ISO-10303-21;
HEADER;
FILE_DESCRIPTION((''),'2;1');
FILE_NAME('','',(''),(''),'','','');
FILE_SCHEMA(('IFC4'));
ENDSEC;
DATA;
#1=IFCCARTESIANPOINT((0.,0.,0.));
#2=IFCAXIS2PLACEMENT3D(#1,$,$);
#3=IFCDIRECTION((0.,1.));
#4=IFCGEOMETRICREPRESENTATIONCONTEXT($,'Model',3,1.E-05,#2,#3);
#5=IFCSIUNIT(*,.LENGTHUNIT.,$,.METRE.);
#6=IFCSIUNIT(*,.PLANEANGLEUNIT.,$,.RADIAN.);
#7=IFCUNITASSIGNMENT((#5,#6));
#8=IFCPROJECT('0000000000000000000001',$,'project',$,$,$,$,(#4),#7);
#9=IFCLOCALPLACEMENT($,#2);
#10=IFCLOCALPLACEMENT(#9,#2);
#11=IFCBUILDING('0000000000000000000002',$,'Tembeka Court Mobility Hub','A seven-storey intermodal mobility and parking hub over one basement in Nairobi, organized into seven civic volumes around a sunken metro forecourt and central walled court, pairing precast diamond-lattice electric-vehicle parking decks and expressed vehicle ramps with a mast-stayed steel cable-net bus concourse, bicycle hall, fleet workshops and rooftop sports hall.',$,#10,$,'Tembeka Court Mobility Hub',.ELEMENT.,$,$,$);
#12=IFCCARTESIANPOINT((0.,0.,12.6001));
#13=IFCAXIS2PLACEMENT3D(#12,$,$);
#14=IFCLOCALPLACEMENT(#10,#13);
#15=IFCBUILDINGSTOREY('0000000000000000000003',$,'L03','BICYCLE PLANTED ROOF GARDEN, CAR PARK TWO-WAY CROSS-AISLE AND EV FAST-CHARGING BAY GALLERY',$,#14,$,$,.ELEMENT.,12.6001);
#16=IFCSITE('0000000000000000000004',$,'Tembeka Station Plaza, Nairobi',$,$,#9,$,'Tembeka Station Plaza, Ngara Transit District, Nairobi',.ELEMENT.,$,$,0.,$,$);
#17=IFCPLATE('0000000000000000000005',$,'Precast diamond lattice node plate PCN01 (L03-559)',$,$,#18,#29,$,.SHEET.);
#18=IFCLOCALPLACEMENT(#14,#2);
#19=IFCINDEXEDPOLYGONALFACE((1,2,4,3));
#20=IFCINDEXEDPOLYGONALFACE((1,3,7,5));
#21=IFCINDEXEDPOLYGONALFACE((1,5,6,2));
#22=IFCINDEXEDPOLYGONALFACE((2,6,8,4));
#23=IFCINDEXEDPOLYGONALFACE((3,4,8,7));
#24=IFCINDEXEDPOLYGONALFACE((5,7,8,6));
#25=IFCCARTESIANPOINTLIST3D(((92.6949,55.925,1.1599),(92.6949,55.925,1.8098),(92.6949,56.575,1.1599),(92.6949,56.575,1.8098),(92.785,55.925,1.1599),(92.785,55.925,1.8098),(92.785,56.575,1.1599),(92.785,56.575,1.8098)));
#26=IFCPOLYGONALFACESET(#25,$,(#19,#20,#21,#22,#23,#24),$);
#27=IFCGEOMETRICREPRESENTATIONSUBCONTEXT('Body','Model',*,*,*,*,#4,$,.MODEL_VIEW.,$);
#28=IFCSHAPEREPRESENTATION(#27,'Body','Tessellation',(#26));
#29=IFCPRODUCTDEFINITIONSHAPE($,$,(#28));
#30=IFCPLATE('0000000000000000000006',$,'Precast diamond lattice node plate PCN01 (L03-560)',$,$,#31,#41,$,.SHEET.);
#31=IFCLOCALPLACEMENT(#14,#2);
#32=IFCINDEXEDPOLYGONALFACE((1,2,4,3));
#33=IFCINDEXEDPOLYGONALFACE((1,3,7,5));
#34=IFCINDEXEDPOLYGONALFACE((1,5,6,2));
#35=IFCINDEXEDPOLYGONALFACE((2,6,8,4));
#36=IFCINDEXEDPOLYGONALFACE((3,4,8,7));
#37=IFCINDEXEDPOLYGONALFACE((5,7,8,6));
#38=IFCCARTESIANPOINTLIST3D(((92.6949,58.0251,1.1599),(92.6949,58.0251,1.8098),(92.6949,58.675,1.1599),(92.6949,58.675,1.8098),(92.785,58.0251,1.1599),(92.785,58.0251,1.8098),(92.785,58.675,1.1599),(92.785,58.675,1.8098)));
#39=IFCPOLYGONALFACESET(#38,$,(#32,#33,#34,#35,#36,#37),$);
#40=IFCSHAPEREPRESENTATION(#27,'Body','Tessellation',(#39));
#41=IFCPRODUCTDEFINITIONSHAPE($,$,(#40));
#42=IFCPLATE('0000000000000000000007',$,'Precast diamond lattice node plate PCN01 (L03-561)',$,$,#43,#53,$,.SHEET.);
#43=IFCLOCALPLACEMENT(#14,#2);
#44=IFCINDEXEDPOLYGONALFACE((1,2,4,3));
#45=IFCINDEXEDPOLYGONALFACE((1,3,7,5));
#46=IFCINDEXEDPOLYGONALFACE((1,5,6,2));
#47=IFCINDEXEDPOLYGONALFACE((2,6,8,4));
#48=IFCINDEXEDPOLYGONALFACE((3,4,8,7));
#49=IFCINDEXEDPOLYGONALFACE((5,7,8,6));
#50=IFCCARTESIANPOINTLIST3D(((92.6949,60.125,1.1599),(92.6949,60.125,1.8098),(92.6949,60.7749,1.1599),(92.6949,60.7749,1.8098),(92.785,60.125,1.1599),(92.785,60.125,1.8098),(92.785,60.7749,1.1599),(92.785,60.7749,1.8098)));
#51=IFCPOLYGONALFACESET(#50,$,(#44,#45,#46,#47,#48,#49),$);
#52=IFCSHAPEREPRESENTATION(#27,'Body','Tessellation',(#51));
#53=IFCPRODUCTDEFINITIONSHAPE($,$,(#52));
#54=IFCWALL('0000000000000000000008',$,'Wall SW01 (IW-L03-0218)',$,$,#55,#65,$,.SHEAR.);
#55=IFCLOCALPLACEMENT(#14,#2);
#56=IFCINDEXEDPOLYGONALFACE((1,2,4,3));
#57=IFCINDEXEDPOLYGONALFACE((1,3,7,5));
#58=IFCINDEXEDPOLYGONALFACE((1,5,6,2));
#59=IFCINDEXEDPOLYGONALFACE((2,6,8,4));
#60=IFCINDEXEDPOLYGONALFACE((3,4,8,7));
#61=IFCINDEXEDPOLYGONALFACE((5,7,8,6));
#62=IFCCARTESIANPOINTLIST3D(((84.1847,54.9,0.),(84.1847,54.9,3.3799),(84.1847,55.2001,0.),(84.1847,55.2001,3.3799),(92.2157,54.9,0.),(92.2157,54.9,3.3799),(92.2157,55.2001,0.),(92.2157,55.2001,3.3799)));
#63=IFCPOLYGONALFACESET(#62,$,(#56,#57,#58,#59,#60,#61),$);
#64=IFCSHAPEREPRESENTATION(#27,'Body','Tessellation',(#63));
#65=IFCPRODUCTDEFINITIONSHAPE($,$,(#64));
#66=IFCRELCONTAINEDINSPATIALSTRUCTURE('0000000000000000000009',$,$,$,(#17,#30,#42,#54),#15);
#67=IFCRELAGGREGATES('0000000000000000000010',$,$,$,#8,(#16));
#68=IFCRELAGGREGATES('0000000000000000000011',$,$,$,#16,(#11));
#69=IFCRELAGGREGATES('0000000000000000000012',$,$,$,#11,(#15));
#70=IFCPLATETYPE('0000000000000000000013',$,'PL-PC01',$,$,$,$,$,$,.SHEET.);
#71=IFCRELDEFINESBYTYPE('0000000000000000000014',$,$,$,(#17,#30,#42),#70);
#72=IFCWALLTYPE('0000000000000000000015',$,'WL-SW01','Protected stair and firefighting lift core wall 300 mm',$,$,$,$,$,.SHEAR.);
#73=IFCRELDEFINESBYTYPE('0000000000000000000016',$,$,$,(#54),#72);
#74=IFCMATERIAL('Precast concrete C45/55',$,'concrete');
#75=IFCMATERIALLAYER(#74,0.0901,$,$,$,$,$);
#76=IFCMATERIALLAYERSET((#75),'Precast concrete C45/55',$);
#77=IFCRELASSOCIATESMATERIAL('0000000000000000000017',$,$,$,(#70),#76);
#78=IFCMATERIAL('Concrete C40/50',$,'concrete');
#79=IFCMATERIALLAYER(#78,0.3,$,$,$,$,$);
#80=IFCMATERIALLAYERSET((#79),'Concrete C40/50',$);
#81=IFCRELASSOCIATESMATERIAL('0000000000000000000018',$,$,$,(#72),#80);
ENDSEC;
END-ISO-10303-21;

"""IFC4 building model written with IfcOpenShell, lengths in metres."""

from ifc_helpers import new_model, si_unit, direction, frame, frame_2d, origin, origin_2d, place, context, subcontext, project, spatial, rectangle, extrude, material, layer, layer_set, type_object, element, save


model = new_model("IFC4")

# Units and contexts
model_context = context("Model", 3, precision=1e-05, world=origin(), true_north=direction((0.0, 1.0)))
body_context = subcontext(model_context, "Body", "Model", "MODEL_VIEW")
ifc_project = project(units=[si_unit("LENGTHUNIT", "METRE"), si_unit("PLANEANGLEUNIT", "RADIAN")], contexts=[model_context])

# Site, building, storey
site_placement = place(None, origin())
site = spatial("IfcSite", under=ifc_project, at=site_placement, Name="Tembeka Station Plaza, Nairobi", LongName="Tembeka Station Plaza, Ngara Transit District, Nairobi", CompositionType="ELEMENT", RefElevation=0.0)
building_placement = place(site_placement, origin())
building = spatial("IfcBuilding", under=site, at=building_placement, Name="Tembeka Court Mobility Hub", Description="A seven-storey intermodal mobility and parking hub over one basement in Nairobi, organized into seven civic volumes around a sunken metro forecourt and central walled court, pairing precast diamond-lattice electric-vehicle parking decks and expressed vehicle ramps with a mast-stayed steel cable-net bus concourse, bicycle hall, fleet workshops and rooftop sports hall.", LongName="Tembeka Court Mobility Hub", CompositionType="ELEMENT")
storey_placement = place(building_placement, frame((0.0, 0.0, 12.6001)))
storey = spatial("IfcBuildingStorey", under=building, at=storey_placement, Name="L03", Description="BICYCLE PLANTED ROOF GARDEN, CAR PARK TWO-WAY CROSS-AISLE AND EV FAST-CHARGING BAY GALLERY", CompositionType="ELEMENT", Elevation=12.6001)

# Shared definitions
ifc_material_1 = material(Name="Precast concrete C45/55", Category="concrete")

# Plates
ifc_layer_1 = layer(ifc_material_1, 0.0901)
ifc_layer_set_1 = layer_set([ifc_layer_1], Name="Precast concrete C45/55")
plate_type = type_object("IfcPlateType", Name="PL-PC01", PredefinedType="SHEET", material=ifc_layer_set_1)
for number, where, z_axis, x_axis, name in (
    (1, (92.74, 56.25, 1.1599), (0.0, 0.0, 1.0), (1.0, 0.0, 0.0), "Precast diamond lattice node plate PCN01 (L03-559)"),
    (2, (92.74, 58.3501, 1.1599), (0.0, 0.0, 1.0), (1.0, 0.0, 0.0), "Precast diamond lattice node plate PCN01 (L03-560)"),
    (3, (92.74, 60.45, 1.1599), (0.0, 0.0, 1.0), (1.0, 0.0, 0.0), "Precast diamond lattice node plate PCN01 (L03-561)"),
):
    element("IfcPlate", number, at=place(storey_placement, frame(where, z_axis=z_axis, x_axis=x_axis)), inside=storey, type_object=plate_type, Name=name, PredefinedType="SHEET", context=body_context, shape_type="SweptSolid", body=[
        extrude(rectangle(XDim=0.0901, YDim=0.6499, at=origin_2d()), origin(), (0.0, 0.0, 1.0), 0.6499),
    ])

# Wall
ifc_material_2 = material(Name="Concrete C40/50", Category="concrete")
ifc_layer_2 = layer(ifc_material_2, 0.3)
ifc_layer_set_2 = layer_set([ifc_layer_2], Name="Concrete C40/50")
wall_type = type_object("IfcWallType", Name="WL-SW01", Description="Protected stair and firefighting lift core wall 300 mm", PredefinedType="SHEAR", material=ifc_layer_set_2)
wall_placement = place(storey_placement, frame((84.1846, 55.05, 0.0), z_axis=(0.0, 0.0, 1.0), x_axis=(1.0, 0.0, 0.0)))
element("IfcWall", 4, at=wall_placement, inside=storey, type_object=wall_type, Name="Wall SW01 (IW-L03-0218)", PredefinedType="SHEAR", context=body_context, shape_type="SweptSolid", body=[
    extrude(rectangle(XDim=8.031, YDim=0.3, at=frame_2d((4.0156, 0.0))), origin(), (0.0, 0.0, 1.0), 3.3799),
])

save(model, "model.ifc")
